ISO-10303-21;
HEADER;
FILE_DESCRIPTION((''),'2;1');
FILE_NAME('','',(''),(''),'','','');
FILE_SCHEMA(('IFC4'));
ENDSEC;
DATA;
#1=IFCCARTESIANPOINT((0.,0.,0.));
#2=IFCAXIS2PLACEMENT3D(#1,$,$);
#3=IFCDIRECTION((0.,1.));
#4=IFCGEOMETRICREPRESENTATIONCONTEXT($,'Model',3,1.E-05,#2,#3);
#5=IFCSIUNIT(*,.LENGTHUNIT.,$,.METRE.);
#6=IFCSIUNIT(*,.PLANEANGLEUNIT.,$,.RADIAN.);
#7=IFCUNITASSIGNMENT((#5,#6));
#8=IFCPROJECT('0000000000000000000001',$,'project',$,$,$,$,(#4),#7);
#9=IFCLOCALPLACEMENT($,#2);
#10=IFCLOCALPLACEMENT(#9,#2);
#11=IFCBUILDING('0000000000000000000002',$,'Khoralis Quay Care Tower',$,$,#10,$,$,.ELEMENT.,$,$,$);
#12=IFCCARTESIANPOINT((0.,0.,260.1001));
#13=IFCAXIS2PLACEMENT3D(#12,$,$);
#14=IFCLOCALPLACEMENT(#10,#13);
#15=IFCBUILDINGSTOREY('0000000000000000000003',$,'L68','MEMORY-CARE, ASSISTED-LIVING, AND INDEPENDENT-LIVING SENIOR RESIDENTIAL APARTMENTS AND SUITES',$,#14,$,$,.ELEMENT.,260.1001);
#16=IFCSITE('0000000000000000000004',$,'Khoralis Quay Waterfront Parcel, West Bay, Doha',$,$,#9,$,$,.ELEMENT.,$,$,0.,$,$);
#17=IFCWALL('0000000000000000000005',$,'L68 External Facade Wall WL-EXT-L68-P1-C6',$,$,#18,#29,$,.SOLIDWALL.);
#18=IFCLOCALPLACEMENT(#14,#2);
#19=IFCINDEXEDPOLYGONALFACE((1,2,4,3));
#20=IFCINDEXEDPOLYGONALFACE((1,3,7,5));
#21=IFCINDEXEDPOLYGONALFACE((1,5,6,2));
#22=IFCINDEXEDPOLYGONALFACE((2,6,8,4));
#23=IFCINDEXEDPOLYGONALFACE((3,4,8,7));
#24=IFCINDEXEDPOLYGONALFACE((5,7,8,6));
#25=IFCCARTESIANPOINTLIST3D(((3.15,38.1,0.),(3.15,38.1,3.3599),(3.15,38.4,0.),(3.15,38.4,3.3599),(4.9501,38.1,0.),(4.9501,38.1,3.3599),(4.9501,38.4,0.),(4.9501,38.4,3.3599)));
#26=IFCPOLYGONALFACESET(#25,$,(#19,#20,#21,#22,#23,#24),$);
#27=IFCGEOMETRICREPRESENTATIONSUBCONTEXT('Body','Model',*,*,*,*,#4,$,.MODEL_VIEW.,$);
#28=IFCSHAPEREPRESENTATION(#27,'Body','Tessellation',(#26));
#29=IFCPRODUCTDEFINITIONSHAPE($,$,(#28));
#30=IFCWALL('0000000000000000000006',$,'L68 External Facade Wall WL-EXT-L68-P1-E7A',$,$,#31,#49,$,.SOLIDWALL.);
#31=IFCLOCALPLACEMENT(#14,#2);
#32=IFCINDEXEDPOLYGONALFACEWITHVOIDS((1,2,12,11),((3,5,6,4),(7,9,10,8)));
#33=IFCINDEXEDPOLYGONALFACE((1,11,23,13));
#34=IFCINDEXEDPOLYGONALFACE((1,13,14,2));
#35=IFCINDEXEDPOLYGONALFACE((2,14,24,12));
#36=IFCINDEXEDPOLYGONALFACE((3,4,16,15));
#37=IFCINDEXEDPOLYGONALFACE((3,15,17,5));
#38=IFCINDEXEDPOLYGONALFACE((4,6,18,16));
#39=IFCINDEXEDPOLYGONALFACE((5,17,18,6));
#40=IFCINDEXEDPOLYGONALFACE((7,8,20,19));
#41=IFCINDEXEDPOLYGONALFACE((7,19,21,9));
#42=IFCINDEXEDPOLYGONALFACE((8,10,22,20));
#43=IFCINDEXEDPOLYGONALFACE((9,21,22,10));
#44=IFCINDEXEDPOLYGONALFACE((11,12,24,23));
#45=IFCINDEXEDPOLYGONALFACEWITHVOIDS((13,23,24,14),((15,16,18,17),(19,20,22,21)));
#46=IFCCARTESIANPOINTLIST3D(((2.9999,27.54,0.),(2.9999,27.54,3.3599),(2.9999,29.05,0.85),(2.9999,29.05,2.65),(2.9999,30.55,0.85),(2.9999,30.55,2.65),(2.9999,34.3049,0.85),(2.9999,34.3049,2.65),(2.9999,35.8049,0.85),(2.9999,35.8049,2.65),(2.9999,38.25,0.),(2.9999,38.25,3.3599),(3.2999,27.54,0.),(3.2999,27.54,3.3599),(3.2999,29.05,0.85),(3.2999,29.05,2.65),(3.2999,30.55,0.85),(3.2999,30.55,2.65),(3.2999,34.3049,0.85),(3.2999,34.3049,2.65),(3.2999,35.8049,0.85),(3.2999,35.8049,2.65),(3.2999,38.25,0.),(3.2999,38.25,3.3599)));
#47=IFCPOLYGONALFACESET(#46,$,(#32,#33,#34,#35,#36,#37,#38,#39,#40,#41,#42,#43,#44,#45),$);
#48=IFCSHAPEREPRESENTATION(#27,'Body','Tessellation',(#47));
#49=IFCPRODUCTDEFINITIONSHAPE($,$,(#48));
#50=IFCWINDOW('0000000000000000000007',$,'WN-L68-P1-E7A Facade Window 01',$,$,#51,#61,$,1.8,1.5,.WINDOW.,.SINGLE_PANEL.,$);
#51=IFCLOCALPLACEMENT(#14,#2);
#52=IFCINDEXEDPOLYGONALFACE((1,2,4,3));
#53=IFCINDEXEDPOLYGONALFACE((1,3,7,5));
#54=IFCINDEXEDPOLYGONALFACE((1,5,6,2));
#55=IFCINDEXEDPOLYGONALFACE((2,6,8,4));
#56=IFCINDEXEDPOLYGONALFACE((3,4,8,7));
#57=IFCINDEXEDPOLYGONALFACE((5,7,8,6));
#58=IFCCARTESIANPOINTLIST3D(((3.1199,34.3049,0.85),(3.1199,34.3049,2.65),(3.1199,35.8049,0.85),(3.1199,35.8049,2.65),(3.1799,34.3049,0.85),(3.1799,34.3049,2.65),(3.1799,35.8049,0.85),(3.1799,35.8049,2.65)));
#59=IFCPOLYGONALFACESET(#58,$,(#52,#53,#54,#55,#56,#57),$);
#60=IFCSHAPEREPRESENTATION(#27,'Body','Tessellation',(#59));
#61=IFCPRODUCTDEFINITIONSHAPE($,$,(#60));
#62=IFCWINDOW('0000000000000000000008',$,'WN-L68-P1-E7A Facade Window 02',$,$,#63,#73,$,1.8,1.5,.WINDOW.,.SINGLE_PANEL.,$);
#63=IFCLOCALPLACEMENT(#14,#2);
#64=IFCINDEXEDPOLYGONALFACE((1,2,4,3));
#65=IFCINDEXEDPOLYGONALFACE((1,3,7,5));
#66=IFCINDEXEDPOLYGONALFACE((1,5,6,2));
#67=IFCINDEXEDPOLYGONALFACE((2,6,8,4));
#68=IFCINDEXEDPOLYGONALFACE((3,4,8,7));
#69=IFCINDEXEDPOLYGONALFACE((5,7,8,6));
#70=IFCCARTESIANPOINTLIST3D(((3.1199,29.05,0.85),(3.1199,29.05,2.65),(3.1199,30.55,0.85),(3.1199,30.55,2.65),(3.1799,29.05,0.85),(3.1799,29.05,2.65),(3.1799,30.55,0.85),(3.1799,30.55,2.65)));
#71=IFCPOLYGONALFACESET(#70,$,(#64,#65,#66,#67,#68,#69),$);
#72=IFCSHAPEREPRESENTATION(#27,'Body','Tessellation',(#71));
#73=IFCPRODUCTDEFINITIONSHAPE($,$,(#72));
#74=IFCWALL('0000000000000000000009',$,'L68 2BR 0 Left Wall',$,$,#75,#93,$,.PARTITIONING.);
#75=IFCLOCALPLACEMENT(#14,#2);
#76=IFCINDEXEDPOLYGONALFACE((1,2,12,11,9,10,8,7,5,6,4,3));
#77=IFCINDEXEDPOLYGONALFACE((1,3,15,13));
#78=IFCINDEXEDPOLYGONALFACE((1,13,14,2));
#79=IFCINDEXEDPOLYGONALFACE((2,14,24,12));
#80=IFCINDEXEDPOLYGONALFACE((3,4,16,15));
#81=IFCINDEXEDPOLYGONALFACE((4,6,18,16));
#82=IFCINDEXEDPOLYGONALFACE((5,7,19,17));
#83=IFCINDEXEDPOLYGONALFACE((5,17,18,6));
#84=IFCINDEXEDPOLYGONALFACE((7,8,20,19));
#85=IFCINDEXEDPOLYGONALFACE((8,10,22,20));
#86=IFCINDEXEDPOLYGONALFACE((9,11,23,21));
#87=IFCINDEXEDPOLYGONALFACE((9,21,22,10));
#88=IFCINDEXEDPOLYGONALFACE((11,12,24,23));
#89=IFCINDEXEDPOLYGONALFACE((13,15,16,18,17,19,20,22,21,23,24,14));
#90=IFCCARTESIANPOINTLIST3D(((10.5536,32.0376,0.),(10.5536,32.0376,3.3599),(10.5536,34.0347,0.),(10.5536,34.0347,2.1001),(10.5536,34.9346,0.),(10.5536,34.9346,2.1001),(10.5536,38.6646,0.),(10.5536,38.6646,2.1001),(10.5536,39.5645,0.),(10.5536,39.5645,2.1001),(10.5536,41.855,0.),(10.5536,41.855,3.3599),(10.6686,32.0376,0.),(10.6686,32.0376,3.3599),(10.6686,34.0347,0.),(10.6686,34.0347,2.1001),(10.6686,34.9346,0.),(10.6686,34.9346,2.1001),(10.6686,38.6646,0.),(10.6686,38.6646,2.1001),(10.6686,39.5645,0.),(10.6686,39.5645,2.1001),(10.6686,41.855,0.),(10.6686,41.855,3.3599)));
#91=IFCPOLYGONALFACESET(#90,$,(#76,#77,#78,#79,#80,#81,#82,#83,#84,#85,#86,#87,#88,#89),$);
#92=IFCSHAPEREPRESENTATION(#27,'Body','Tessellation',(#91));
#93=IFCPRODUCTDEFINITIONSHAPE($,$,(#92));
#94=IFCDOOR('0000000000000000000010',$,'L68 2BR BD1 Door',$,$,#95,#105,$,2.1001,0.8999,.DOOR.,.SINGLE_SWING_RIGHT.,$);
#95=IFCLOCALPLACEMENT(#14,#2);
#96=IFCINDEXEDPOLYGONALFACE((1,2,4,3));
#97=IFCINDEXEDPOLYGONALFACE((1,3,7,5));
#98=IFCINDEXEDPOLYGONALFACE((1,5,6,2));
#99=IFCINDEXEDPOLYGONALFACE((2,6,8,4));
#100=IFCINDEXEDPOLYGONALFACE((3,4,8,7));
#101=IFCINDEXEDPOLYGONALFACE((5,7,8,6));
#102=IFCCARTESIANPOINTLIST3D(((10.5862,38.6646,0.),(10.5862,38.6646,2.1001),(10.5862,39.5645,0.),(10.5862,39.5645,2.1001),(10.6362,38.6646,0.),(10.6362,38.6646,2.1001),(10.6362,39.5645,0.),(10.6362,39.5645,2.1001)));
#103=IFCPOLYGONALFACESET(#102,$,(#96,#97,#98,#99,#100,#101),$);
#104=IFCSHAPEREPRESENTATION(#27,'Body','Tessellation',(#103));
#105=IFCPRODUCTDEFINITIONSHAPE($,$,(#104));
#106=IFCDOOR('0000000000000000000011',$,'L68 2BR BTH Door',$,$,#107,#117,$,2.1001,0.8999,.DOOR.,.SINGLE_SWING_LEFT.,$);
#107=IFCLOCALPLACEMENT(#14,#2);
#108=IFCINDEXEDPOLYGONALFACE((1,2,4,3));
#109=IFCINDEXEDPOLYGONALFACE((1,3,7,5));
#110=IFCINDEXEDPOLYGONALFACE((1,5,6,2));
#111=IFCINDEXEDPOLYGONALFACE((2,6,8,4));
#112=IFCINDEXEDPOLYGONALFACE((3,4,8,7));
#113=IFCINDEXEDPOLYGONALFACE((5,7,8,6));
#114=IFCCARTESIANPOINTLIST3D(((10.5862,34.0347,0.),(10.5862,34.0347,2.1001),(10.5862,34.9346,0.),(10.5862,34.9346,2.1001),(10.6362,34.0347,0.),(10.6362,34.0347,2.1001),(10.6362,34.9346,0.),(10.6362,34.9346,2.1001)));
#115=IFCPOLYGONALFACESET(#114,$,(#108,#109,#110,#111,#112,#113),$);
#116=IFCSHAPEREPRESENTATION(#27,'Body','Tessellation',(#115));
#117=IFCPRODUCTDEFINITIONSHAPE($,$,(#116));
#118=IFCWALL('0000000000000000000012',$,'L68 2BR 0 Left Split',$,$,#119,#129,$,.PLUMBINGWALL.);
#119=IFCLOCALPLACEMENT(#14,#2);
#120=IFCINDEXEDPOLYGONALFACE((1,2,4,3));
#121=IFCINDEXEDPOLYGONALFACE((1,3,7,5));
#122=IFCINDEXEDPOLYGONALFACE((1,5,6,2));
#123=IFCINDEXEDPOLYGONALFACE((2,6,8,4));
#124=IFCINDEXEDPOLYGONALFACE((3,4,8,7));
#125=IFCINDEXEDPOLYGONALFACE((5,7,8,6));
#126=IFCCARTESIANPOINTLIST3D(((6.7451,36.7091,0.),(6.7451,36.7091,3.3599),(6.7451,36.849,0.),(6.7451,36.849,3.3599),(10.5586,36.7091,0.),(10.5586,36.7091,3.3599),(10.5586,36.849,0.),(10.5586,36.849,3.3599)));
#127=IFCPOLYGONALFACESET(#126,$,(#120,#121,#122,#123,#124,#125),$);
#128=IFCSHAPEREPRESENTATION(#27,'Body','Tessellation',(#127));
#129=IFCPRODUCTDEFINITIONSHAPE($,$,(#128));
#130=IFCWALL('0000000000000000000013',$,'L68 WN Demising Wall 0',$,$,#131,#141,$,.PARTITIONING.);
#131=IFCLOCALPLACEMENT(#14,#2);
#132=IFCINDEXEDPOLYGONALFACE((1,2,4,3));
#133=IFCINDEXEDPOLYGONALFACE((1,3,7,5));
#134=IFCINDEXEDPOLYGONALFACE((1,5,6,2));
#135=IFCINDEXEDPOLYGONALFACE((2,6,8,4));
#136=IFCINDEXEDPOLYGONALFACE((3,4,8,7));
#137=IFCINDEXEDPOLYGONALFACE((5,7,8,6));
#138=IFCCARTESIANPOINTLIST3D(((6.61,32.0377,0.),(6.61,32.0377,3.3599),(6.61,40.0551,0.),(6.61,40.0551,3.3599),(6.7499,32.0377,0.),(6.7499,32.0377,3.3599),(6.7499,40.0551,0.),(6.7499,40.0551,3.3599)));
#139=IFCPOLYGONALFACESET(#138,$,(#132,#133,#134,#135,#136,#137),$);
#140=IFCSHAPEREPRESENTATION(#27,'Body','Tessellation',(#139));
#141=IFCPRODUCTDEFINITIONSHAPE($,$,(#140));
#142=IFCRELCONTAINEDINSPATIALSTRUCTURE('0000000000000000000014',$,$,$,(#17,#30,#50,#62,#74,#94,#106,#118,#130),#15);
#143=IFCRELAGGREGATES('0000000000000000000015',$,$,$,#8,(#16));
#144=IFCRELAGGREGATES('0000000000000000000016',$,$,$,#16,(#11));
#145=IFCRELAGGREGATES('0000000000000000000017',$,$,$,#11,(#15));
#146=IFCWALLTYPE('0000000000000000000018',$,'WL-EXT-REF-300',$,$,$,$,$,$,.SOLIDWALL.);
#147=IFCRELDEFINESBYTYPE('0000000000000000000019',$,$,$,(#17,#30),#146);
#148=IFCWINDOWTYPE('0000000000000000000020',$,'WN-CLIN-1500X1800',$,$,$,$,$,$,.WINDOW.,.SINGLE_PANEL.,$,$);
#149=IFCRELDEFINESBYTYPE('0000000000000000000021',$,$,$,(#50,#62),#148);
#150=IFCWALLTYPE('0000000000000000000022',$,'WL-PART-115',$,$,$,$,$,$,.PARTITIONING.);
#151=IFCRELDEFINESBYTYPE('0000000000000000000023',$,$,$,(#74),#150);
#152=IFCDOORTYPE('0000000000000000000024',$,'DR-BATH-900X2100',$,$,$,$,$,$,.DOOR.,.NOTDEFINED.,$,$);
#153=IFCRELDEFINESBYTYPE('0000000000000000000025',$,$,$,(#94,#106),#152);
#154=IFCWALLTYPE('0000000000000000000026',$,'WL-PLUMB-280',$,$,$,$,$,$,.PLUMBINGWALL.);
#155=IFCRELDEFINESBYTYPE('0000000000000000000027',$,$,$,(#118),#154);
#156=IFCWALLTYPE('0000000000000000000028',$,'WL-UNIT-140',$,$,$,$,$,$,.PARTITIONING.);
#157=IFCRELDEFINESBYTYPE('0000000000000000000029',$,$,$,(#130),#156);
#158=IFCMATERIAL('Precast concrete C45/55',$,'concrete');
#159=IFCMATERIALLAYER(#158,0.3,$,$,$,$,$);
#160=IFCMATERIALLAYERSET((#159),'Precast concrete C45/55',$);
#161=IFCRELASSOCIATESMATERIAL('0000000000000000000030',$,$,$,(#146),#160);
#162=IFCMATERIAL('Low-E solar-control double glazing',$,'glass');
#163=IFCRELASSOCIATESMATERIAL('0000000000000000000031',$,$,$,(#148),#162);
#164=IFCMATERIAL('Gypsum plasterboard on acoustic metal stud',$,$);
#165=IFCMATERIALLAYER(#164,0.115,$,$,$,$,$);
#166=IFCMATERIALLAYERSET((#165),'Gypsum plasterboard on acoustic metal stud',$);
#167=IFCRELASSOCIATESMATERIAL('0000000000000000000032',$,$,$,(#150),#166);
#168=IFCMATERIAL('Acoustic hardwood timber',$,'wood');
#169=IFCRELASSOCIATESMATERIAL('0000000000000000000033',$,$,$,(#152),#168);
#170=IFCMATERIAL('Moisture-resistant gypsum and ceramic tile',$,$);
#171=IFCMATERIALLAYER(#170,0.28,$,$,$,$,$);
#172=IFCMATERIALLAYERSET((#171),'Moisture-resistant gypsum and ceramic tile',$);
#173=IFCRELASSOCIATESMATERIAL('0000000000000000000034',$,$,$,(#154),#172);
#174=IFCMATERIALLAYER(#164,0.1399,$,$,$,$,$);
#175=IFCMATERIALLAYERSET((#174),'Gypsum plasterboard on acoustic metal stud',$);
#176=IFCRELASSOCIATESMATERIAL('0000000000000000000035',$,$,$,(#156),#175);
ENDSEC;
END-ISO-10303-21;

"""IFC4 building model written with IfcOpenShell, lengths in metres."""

from ifc_helpers import new_model, si_unit, direction, frame, frame_2d, origin, place, context, subcontext, project, spatial, rectangle, extrude, source, transform, mapped, material, layer, layer_set, type_object, element, fill, save


model = new_model("IFC4")

# Units and contexts
model_context = context("Model", 3, precision=1e-05, world=origin(), true_north=direction((0.0, 1.0)))
body_context = subcontext(model_context, "Body", "Model", "MODEL_VIEW")
ifc_project = project(units=[si_unit("LENGTHUNIT", "METRE"), si_unit("PLANEANGLEUNIT", "RADIAN")], contexts=[model_context])

# Site, building, storey
site_placement = place(None, origin())
site = spatial("IfcSite", under=ifc_project, at=site_placement, Name="Khoralis Quay Waterfront Parcel, West Bay, Doha", CompositionType="ELEMENT", RefElevation=0.0)
building_placement = place(site_placement, origin())
building = spatial("IfcBuilding", under=site, at=building_placement, Name="Khoralis Quay Care Tower", CompositionType="ELEMENT")
storey_placement = place(building_placement, frame((0.0, 0.0, 260.1001)))
storey = spatial("IfcBuildingStorey", under=building, at=storey_placement, Name="L68", Description="MEMORY-CARE, ASSISTED-LIVING, AND INDEPENDENT-LIVING SENIOR RESIDENTIAL APARTMENTS AND SUITES", CompositionType="ELEMENT", Elevation=260.1001)

# Shared definitions
ifc_material_1 = material(Name="Gypsum plasterboard on acoustic metal stud")

# Shared definitions
ifc_material_2 = material(Name="Acoustic hardwood timber", Category="wood")

# Wall
ifc_material_3 = material(Name="Precast concrete C45/55", Category="concrete")
ifc_layer_1 = layer(ifc_material_3, 0.3)
ifc_layer_set_1 = layer_set([ifc_layer_1], Name="Precast concrete C45/55")
wall_type_1 = type_object("IfcWallType", Name="WL-EXT-REF-300", PredefinedType="SOLIDWALL", material=ifc_layer_set_1)
for number, where, z_axis, x_axis, name in (
    (1, (4.95, 38.25, 0.0), (0.0, 0.0, 1.0), (-1.0, 0.0, 0.0), "L68 External Facade Wall WL-EXT-L68-P1-C6"),
):
    element("IfcWall", number, at=place(storey_placement, frame(where, z_axis=z_axis, x_axis=x_axis)), inside=storey, type_object=wall_type_1, Name=name, PredefinedType="SOLIDWALL", context=body_context, shape_type="SweptSolid", body=[
        extrude(rectangle(XDim=1.8, YDim=0.3, at=frame_2d((0.8999, 0.0))), origin(), (0.0, 0.0, 1.0), 3.3599),
    ])

# Wall, openings, windows
wall_1_placement = place(storey_placement, frame((3.1499, 38.25, 0.0), z_axis=(0.0, 0.0, 1.0), x_axis=(0.0, -1.0, 0.0)))
wall_1 = element("IfcWall", 2, at=wall_1_placement, inside=storey, type_object=wall_type_1, Name="L68 External Facade Wall WL-EXT-L68-P1-E7A", PredefinedType="SOLIDWALL", context=body_context, shape_type="SweptSolid", body=[
    extrude(rectangle(XDim=10.71, YDim=0.3, at=frame_2d((5.355, 0.0))), origin(), (0.0, 0.0, 1.0), 3.3599),
])
opening_1_placement = place(wall_1_placement, frame((2.4451, 0.0, 0.8501)))
opening_1 = element("IfcOpeningElement", 3, at=opening_1_placement, cuts=wall_1, PredefinedType="OPENING", context=body_context, shape_type="SweptSolid", body=[
    extrude(rectangle(XDim=1.5, YDim=1.8, at=frame_2d((0.75, 0.8999))), frame((0.0, 0.1602, 0.0), z_axis=(0.0, -1.0, 0.0), x_axis=(1.0, 0.0, 0.0)), (0.0, 0.0, 1.0), 0.3201),
])
opening_2_placement = place(wall_1_placement, frame((7.7, 0.0, 0.8501)))
opening_2 = element("IfcOpeningElement", 4, at=opening_2_placement, cuts=wall_1, PredefinedType="OPENING", context=body_context, shape_type="SweptSolid", body=[
    extrude(rectangle(XDim=1.5, YDim=1.8, at=frame_2d((0.75, 0.8999))), frame((0.0, 0.1602, 0.0), z_axis=(0.0, -1.0, 0.0), x_axis=(1.0, 0.0, 0.0)), (0.0, 0.0, 1.0), 0.3201),
])
ifc_material_4 = material(Name="Low-E solar-control double glazing", Category="glass")
window_type = type_object("IfcWindowType", Name="WN-CLIN-1500X1800", PartitioningType="SINGLE_PANEL", PredefinedType="WINDOW", material=ifc_material_4)
shared_shape_1 = source(origin(), body_context, "Body", "SweptSolid", [
    extrude(rectangle(XDim=1.5, YDim=1.8, at=frame_2d((0.75, 0.8999))), frame((0.0, 0.03, 0.0), z_axis=(0.0, -1.0, 0.0), x_axis=(1.0, 0.0, 0.0)), (0.0, 0.0, 1.0), 0.0601),
])
window_1_placement = place(opening_1_placement, origin())
window_1 = element("IfcWindow", 5, at=window_1_placement, inside=storey, type_object=window_type, Name="WN-L68-P1-E7A Facade Window 01", OverallHeight=1.8, OverallWidth=1.5, PartitioningType="SINGLE_PANEL", PredefinedType="WINDOW", context=body_context, shape_type="MappedRepresentation", body=[
    mapped(shared_shape_1, transform((0.0, 0.0, 0.0), scale=1.0)),
])
fill(opening_1, window_1)
window_2_placement = place(opening_2_placement, origin())
window_2 = element("IfcWindow", 6, at=window_2_placement, inside=storey, type_object=window_type, Name="WN-L68-P1-E7A Facade Window 02", OverallHeight=1.8, OverallWidth=1.5, PartitioningType="SINGLE_PANEL", PredefinedType="WINDOW", context=body_context, shape_type="MappedRepresentation", body=[
    mapped(shared_shape_1, transform((0.0, 0.0, 0.0), scale=1.0)),
])
fill(opening_2, window_2)

# Wall, openings, doors
ifc_layer_2 = layer(ifc_material_1, 0.115)
ifc_layer_set_2 = layer_set([ifc_layer_2], Name="Gypsum plasterboard on acoustic metal stud")
wall_type_2 = type_object("IfcWallType", Name="WL-PART-115", PredefinedType="PARTITIONING", material=ifc_layer_set_2)
wall_2_placement = place(storey_placement, frame((10.6111, 32.0376, 0.0), z_axis=(0.0, 0.0, 1.0), x_axis=(0.0, 1.0, 0.0)))
wall_2 = element("IfcWall", 7, at=wall_2_placement, inside=storey, type_object=wall_type_2, Name="L68 2BR 0 Left Wall", PredefinedType="PARTITIONING", context=body_context, shape_type="SweptSolid", body=[
    extrude(rectangle(XDim=9.8174, YDim=0.115, at=frame_2d((4.9087, 0.0))), origin(), (0.0, 0.0, 1.0), 3.3599),
])
opening_3_placement = place(wall_2_placement, frame((6.627, 0.0, 0.0)))
opening_3 = element("IfcOpeningElement", 8, at=opening_3_placement, cuts=wall_2, PredefinedType="OPENING", context=body_context, shape_type="SweptSolid", body=[
    extrude(rectangle(XDim=0.8999, YDim=2.1001, at=frame_2d((0.45, 1.05))), frame((0.0, 0.0674, 0.0), z_axis=(0.0, -1.0, 0.0), x_axis=(1.0, 0.0, 0.0)), (0.0, 0.0, 1.0), 0.135),
])
opening_4_placement = place(wall_2_placement, frame((1.9971, 0.0, 0.0)))
opening_4 = element("IfcOpeningElement", 9, at=opening_4_placement, cuts=wall_2, PredefinedType="OPENING", context=body_context, shape_type="SweptSolid", body=[
    extrude(rectangle(XDim=0.8999, YDim=2.1001, at=frame_2d((0.45, 1.05))), frame((0.0, 0.0674, 0.0), z_axis=(0.0, -1.0, 0.0), x_axis=(1.0, 0.0, 0.0)), (0.0, 0.0, 1.0), 0.135),
])
door_type_1 = type_object("IfcDoorType", Name="DR-BATH-900X2100", OperationType="NOTDEFINED", PredefinedType="DOOR", material=ifc_material_2)
shared_shape_2 = source(origin(), body_context, "Body", "SweptSolid", [
    extrude(rectangle(XDim=0.8999, YDim=2.1001, at=frame_2d((0.45, 1.05))), frame((0.0, 0.0249, 0.0), z_axis=(0.0, -1.0, 0.0), x_axis=(1.0, 0.0, 0.0)), (0.0, 0.0, 1.0), 0.05),
])
door_1_placement = place(opening_3_placement, origin())
door_1 = element("IfcDoor", 10, at=door_1_placement, inside=storey, type_object=door_type_1, Name="L68 2BR BD1 Door", OperationType="SINGLE_SWING_RIGHT", OverallHeight=2.1001, OverallWidth=0.8999, PredefinedType="DOOR", context=body_context, shape_type="MappedRepresentation", body=[
    mapped(shared_shape_2, transform((0.0, 0.0, 0.0), scale=1.0)),
])
fill(opening_3, door_1)
door_2_placement = place(opening_4_placement, origin())
door_2 = element("IfcDoor", 11, at=door_2_placement, inside=storey, type_object=door_type_1, Name="L68 2BR BTH Door", OperationType="SINGLE_SWING_LEFT", OverallHeight=2.1001, OverallWidth=0.8999, PredefinedType="DOOR", context=body_context, shape_type="MappedRepresentation", body=[
    mapped(shared_shape_2, transform((0.0, 0.0, 0.0), scale=1.0)),
])
fill(opening_4, door_2)

# Walls
ifc_material_5 = material(Name="Moisture-resistant gypsum and ceramic tile")
ifc_layer_3 = layer(ifc_material_5, 0.28)
ifc_layer_set_3 = layer_set([ifc_layer_3], Name="Moisture-resistant gypsum and ceramic tile")
wall_type_3 = type_object("IfcWallType", Name="WL-PLUMB-280", PredefinedType="PLUMBINGWALL", material=ifc_layer_set_3)
wall_3_placement = place(storey_placement, frame((6.7451, 36.7791, 0.0), z_axis=(0.0, 0.0, 1.0), x_axis=(1.0, 0.0, 0.0)))
element("IfcWall", 12, at=wall_3_placement, inside=storey, type_object=wall_type_3, Name="L68 2BR 0 Left Split", PredefinedType="PLUMBINGWALL", context=body_context, shape_type="SweptSolid", body=[
    extrude(rectangle(XDim=3.8135, YDim=0.1399, at=frame_2d((1.9067, 0.0))), origin(), (0.0, 0.0, 1.0), 3.3599),
])
ifc_layer_4 = layer(ifc_material_1, 0.1399)
ifc_layer_set_4 = layer_set([ifc_layer_4], Name="Gypsum plasterboard on acoustic metal stud")
wall_type_4 = type_object("IfcWallType", Name="WL-UNIT-140", PredefinedType="PARTITIONING", material=ifc_layer_set_4)
wall_4_placement = place(storey_placement, frame((6.6799, 32.0376, 0.0), z_axis=(0.0, 0.0, 1.0), x_axis=(0.0, 1.0, 0.0)))
element("IfcWall", 13, at=wall_4_placement, inside=storey, type_object=wall_type_4, Name="L68 WN Demising Wall 0", PredefinedType="PARTITIONING", context=body_context, shape_type="SweptSolid", body=[
    extrude(rectangle(XDim=8.0173, YDim=0.1399, at=frame_2d((4.0088, 0.0))), origin(), (0.0, 0.0, 1.0), 3.3599),
])

save(model, "model.ifc")
